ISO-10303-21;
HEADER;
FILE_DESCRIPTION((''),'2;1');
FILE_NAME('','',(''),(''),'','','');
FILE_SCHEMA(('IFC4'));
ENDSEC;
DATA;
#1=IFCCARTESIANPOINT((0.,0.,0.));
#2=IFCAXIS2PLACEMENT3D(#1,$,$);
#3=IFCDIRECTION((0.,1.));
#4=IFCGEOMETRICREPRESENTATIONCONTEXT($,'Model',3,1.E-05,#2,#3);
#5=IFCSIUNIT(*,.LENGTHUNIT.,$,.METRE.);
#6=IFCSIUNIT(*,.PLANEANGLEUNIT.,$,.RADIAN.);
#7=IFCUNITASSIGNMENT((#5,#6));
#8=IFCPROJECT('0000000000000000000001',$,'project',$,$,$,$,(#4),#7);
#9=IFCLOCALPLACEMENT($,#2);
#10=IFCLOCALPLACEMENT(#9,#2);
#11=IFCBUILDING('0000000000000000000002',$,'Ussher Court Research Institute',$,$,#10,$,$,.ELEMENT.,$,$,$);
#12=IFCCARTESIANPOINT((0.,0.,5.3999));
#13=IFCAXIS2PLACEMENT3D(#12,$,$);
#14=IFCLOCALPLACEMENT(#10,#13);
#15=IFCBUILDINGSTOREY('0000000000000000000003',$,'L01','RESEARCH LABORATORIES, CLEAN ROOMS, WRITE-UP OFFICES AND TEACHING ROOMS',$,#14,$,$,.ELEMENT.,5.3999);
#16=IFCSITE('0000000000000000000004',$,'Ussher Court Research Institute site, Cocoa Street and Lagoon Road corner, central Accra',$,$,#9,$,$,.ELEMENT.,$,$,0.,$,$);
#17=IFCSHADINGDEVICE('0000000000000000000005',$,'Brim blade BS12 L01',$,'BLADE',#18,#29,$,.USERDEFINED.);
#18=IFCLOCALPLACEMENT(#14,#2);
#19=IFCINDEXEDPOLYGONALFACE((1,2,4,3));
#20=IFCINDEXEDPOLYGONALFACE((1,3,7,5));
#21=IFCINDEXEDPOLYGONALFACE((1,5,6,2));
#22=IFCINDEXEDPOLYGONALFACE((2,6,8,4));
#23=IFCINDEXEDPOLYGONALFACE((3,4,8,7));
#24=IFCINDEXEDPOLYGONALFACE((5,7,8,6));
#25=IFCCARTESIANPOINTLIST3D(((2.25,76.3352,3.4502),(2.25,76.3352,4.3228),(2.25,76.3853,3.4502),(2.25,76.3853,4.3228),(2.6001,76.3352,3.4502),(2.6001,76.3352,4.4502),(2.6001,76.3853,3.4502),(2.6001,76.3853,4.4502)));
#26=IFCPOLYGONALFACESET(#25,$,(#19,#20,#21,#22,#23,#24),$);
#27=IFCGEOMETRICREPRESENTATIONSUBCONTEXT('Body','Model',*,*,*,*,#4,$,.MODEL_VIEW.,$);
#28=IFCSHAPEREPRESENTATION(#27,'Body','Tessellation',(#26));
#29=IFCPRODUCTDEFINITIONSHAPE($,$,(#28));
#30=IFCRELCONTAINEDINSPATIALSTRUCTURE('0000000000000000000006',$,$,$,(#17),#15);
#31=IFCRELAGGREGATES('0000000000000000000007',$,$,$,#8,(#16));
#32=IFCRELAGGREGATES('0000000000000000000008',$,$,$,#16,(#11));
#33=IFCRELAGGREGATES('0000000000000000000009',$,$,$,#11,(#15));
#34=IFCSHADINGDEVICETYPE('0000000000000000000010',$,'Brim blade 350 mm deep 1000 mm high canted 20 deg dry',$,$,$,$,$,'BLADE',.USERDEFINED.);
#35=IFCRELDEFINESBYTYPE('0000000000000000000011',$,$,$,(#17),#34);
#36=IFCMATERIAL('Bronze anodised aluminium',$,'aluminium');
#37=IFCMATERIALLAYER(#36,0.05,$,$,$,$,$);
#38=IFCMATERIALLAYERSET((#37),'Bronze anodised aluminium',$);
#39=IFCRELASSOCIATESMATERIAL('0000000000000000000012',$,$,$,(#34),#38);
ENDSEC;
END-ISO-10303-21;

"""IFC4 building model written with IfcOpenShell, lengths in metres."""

from ifc_helpers import new_model, si_unit, direction, frame, origin, place, context, subcontext, project, spatial, polyline, outline, extrude, material, layer, layer_set, type_object, element, save


model = new_model("IFC4")

# Units and contexts
model_context = context("Model", 3, precision=1e-05, world=origin(), true_north=direction((0.0, 1.0)))
body_context = subcontext(model_context, "Body", "Model", "MODEL_VIEW")
ifc_project = project(units=[si_unit("LENGTHUNIT", "METRE"), si_unit("PLANEANGLEUNIT", "RADIAN")], contexts=[model_context])

# Site, building, storey
site_placement = place(None, origin())
site = spatial("IfcSite", under=ifc_project, at=site_placement, Name="Ussher Court Research Institute site, Cocoa Street and Lagoon Road corner, central Accra", CompositionType="ELEMENT", RefElevation=0.0)
building_placement = place(site_placement, origin())
building = spatial("IfcBuilding", under=site, at=building_placement, Name="Ussher Court Research Institute", CompositionType="ELEMENT")
storey_placement = place(building_placement, frame((0.0, 0.0, 5.3999)))
storey = spatial("IfcBuildingStorey", under=building, at=storey_placement, Name="L01", Description="RESEARCH LABORATORIES, CLEAN ROOMS, WRITE-UP OFFICES AND TEACHING ROOMS", CompositionType="ELEMENT", Elevation=5.3999)

# Shading device
ifc_material_1 = material(Name="Bronze anodised aluminium", Category="aluminium")
ifc_layer_1 = layer(ifc_material_1, 0.05)
ifc_layer_set_1 = layer_set([ifc_layer_1], Name="Bronze anodised aluminium")
shading_device_type_1 = type_object("IfcShadingDeviceType", Name="Brim blade 350 mm deep 1000 mm high canted 20 deg dry", ElementType="BLADE", PredefinedType="USERDEFINED", material=ifc_layer_set_1)
shading_device_1_placement = place(storey_placement, frame((2.6001, 76.3601, 3.4502), z_axis=(0.0, 0.0, 1.0), x_axis=(-1.0, 0.0, 0.0)))
element("IfcShadingDevice", 1, at=shading_device_1_placement, inside=storey, type_object=shading_device_type_1, Name="Brim blade BS12 L01", ObjectType="BLADE", PredefinedType="USERDEFINED", context=body_context, shape_type="SweptSolid", body=[
    extrude(outline(polyline([(0.0, 0.0), (0.3501, 0.0), (0.3501, 0.8726), (0.0, 1.0), (0.0, 0.0)])), frame((0.0, 0.0249, 0.0), z_axis=(0.0, -1.0, 0.0), x_axis=(1.0, 0.0, 0.0)), (0.0, 0.0, 1.0), 0.05),
])

save(model, "model.ifc")
